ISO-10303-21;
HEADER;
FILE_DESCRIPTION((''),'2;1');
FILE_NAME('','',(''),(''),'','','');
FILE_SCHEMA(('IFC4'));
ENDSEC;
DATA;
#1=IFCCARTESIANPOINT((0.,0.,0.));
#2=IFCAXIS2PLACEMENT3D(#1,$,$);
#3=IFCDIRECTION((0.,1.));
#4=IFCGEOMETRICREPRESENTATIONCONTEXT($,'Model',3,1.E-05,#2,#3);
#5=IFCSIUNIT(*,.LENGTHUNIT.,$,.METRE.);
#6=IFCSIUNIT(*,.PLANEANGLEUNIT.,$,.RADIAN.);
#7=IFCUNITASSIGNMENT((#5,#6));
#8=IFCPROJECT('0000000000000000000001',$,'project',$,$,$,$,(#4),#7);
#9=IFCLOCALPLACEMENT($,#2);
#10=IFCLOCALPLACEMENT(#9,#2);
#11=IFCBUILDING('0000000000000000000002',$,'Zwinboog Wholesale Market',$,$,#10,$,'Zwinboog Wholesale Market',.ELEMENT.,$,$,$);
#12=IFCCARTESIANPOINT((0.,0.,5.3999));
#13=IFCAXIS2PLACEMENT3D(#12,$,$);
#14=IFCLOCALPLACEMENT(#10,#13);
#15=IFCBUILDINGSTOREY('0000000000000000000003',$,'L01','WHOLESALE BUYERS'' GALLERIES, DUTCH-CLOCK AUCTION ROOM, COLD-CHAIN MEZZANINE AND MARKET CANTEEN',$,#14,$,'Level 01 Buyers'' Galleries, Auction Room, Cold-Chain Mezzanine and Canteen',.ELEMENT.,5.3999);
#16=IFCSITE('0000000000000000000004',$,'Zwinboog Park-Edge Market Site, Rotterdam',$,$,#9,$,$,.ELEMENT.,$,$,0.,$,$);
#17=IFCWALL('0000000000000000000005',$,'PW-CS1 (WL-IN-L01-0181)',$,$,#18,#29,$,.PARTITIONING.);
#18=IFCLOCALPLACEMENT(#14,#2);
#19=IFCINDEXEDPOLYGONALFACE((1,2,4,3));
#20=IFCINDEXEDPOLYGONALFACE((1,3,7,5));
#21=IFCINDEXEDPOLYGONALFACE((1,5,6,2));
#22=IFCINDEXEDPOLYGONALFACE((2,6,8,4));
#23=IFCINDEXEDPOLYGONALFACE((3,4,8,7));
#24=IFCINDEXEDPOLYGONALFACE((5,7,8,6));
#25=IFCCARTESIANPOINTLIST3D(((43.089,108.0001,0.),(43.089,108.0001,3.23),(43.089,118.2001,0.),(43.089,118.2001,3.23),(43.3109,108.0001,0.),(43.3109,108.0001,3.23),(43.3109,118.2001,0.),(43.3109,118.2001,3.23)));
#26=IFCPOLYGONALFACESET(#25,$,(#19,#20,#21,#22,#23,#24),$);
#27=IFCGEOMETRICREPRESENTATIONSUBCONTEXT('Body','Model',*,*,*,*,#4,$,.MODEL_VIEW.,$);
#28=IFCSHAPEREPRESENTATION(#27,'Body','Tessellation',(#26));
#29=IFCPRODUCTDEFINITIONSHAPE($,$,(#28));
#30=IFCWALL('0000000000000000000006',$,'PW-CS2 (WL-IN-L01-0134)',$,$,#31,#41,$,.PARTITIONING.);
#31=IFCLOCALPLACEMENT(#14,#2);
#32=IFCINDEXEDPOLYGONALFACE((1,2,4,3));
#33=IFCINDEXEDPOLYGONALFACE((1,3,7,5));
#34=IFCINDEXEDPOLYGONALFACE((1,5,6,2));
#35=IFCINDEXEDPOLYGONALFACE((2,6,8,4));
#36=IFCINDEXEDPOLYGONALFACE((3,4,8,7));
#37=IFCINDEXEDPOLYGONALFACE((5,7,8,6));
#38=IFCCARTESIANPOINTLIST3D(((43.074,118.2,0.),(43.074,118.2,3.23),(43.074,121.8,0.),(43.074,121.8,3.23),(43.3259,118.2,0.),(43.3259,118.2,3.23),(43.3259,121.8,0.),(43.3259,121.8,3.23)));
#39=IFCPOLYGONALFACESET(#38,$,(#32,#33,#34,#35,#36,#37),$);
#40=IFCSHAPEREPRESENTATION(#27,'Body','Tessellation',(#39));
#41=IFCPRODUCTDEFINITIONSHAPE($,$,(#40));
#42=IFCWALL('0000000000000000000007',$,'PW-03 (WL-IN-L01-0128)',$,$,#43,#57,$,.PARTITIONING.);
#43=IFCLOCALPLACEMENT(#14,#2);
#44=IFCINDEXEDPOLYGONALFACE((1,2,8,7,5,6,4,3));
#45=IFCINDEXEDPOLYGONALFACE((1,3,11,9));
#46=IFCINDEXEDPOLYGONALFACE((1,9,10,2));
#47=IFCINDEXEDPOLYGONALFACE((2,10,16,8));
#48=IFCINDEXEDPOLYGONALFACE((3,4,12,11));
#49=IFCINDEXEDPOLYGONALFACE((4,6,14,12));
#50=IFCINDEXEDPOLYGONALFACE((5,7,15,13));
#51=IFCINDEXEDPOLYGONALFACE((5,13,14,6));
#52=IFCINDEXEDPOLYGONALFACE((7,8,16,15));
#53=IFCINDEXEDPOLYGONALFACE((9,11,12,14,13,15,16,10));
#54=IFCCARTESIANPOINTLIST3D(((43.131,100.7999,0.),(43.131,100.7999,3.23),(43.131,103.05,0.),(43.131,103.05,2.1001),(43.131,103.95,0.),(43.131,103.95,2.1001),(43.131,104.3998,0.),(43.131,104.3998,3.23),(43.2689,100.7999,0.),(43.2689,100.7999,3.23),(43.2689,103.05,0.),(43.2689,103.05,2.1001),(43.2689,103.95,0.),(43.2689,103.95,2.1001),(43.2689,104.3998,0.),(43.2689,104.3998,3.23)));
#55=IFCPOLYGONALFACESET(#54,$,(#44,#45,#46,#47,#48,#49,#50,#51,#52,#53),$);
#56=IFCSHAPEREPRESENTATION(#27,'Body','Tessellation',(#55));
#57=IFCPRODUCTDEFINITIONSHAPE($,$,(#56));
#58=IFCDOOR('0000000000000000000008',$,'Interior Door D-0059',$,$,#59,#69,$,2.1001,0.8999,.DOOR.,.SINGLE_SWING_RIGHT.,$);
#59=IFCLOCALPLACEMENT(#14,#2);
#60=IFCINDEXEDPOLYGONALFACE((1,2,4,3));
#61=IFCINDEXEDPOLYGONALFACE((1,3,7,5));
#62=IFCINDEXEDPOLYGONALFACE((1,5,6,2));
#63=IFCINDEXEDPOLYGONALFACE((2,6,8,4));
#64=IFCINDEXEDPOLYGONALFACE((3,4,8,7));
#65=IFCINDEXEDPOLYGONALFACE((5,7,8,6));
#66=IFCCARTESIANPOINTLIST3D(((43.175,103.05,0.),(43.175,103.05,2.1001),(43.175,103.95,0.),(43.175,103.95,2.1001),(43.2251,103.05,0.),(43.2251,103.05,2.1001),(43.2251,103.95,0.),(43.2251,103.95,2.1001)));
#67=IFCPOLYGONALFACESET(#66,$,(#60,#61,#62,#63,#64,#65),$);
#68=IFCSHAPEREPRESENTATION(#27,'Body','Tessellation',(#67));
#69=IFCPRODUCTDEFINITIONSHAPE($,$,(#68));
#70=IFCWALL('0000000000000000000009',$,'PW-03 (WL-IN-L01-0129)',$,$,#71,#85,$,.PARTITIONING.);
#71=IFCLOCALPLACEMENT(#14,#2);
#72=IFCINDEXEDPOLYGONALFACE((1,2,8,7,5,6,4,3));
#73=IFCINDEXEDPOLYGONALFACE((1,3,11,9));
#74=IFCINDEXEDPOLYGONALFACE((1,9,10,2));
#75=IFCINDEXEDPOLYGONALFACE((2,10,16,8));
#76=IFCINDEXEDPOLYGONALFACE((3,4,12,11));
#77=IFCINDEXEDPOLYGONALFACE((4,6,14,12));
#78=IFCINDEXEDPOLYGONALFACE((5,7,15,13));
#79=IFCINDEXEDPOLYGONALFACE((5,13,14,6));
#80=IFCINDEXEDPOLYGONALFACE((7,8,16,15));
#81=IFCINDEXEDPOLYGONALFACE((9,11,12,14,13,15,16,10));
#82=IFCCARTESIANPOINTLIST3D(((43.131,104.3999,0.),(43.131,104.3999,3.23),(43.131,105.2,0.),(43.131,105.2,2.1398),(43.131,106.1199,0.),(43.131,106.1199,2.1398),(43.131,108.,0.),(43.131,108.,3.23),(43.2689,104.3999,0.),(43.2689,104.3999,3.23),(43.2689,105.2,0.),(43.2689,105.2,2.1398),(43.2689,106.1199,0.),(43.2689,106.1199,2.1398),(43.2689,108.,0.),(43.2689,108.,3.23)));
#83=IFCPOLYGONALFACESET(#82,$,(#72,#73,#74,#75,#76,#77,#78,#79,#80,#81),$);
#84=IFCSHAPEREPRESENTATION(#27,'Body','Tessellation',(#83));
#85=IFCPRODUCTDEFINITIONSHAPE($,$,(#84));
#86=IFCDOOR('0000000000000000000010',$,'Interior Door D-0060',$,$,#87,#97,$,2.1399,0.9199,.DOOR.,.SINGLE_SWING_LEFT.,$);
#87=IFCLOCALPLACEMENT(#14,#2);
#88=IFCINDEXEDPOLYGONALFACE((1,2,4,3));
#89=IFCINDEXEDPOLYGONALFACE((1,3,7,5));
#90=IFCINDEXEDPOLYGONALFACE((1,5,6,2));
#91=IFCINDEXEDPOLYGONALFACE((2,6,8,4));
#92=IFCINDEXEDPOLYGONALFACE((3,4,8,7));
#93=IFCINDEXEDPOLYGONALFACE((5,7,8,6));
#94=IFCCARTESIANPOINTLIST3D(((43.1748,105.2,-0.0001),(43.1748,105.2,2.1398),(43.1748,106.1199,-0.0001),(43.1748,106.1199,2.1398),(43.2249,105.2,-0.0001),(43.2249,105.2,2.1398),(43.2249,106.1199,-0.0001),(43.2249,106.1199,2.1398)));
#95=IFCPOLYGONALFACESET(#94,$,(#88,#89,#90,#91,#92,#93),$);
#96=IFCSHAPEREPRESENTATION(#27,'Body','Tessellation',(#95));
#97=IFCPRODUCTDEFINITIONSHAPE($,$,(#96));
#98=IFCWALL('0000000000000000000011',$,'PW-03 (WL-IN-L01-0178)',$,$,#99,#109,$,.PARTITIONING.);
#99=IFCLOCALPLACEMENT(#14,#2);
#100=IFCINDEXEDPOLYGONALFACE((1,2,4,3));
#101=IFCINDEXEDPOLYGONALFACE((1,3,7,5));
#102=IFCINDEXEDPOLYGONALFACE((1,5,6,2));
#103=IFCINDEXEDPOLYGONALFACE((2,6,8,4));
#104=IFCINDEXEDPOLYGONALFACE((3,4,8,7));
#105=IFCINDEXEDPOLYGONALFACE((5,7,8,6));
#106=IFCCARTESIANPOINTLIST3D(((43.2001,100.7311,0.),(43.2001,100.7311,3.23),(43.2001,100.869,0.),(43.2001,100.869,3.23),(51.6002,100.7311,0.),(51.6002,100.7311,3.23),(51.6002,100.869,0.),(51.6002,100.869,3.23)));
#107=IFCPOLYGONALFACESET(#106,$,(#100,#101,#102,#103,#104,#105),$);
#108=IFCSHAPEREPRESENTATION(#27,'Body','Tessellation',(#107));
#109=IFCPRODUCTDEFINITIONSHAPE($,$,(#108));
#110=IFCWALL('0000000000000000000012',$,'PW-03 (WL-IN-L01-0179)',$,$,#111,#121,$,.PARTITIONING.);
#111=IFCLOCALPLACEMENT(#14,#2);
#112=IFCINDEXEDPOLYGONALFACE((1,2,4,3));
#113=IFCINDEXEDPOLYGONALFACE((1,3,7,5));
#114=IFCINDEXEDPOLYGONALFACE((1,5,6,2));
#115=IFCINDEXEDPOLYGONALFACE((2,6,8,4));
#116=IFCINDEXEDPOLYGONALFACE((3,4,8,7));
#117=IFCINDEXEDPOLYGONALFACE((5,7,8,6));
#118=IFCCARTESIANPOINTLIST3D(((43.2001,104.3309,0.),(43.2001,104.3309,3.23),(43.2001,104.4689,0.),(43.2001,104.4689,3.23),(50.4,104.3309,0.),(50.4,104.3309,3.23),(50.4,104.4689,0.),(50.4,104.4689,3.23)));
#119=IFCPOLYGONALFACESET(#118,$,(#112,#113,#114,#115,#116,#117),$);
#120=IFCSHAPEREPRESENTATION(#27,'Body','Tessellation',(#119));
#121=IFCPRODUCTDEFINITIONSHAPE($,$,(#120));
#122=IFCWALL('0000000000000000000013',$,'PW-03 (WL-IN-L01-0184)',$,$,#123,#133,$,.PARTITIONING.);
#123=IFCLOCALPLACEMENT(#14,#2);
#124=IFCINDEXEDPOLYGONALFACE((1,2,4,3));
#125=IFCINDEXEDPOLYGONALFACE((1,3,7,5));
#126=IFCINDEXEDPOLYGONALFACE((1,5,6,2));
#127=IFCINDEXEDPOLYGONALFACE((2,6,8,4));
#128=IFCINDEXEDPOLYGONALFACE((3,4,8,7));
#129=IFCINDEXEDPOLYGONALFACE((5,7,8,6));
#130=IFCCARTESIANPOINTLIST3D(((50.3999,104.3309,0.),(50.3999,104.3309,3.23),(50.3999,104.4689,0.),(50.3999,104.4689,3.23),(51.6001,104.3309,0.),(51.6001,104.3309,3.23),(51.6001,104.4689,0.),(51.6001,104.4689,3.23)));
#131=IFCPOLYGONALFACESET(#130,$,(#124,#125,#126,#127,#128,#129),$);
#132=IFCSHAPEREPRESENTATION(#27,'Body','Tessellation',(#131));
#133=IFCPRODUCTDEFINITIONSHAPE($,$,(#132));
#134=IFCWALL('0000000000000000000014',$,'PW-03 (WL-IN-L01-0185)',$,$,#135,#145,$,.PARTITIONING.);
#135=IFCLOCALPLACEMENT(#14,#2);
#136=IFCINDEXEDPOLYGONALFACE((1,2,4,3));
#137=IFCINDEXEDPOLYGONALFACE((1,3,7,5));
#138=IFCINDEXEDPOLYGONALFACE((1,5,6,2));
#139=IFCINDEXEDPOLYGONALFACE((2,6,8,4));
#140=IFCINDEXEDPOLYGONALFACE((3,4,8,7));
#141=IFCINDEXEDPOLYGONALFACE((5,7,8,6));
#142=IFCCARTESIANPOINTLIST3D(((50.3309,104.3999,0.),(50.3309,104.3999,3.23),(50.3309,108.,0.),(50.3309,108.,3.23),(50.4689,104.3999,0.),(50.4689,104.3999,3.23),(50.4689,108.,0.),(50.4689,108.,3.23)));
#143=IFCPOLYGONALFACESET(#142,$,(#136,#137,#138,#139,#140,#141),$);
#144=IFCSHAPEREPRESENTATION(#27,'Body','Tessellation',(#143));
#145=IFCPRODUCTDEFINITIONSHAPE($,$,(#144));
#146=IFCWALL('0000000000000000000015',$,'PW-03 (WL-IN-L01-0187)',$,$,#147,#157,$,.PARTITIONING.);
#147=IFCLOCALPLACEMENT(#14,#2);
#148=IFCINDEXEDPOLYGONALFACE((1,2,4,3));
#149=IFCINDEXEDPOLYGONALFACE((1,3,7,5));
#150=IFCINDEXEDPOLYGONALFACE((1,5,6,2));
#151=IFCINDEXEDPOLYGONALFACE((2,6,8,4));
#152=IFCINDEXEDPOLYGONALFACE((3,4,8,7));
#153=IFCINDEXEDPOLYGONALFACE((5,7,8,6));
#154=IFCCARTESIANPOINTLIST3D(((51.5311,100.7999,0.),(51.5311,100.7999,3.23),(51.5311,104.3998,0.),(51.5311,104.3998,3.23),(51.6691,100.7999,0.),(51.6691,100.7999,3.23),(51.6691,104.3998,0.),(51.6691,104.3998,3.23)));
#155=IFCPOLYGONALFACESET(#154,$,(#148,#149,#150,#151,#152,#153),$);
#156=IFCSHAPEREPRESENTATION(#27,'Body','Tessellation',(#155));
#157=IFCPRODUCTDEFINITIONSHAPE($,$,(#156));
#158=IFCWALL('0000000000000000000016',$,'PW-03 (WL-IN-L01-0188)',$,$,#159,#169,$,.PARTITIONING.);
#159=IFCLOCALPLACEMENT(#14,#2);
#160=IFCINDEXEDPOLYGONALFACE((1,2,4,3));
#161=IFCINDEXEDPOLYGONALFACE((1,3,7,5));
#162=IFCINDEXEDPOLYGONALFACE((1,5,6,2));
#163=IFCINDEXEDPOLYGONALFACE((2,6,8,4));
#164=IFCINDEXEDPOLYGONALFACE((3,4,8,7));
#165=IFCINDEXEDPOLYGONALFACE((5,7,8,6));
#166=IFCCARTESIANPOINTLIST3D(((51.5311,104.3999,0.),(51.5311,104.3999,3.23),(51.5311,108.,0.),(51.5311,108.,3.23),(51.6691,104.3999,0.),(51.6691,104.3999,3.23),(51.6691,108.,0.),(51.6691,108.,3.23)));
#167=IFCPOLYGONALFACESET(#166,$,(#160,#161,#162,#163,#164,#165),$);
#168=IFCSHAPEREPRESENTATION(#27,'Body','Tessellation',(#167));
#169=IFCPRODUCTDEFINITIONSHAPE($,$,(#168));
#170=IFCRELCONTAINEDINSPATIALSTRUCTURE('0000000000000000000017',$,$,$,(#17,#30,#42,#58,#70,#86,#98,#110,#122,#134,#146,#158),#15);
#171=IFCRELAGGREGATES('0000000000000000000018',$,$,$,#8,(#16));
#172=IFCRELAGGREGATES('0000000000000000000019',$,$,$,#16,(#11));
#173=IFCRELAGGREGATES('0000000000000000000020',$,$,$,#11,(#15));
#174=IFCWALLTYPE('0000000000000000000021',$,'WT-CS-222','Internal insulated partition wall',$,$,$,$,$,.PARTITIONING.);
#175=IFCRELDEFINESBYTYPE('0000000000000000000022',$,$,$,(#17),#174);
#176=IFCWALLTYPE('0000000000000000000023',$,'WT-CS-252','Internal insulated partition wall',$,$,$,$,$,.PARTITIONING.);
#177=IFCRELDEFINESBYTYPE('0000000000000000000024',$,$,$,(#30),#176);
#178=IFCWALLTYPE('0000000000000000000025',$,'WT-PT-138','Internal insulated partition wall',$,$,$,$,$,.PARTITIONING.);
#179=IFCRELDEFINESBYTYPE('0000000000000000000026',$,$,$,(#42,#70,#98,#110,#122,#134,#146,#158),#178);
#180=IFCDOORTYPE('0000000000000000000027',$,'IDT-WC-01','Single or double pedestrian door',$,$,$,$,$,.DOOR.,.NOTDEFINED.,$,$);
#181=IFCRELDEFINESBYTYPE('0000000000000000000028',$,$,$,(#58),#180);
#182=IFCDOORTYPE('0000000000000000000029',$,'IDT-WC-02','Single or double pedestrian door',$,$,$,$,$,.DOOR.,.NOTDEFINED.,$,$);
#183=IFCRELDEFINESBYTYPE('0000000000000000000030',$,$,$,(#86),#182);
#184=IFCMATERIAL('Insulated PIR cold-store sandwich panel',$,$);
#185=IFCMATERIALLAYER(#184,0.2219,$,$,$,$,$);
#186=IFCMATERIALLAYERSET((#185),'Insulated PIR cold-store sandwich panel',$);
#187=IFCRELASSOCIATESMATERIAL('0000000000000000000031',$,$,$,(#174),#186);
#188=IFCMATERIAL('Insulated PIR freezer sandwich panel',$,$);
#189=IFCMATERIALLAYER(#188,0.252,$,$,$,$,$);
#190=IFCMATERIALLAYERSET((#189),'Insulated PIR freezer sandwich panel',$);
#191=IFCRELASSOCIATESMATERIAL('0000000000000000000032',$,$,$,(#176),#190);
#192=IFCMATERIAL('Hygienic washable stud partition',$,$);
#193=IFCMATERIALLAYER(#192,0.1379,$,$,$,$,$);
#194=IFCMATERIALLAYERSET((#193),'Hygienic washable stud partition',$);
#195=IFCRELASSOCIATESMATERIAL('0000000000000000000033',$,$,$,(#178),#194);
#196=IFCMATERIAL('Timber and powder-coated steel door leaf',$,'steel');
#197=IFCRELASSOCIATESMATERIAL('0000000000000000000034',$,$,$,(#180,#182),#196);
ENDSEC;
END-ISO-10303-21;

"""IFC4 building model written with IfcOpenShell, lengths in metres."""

from ifc_helpers import new_model, si_unit, direction, frame, frame_2d, origin, place, context, subcontext, project, spatial, rectangle, extrude, material, layer, layer_set, type_object, element, fill, save


model = new_model("IFC4")

# Units and contexts
model_context = context("Model", 3, precision=1e-05, world=origin(), true_north=direction((0.0, 1.0)))
body_context = subcontext(model_context, "Body", "Model", "MODEL_VIEW")
ifc_project = project(units=[si_unit("LENGTHUNIT", "METRE"), si_unit("PLANEANGLEUNIT", "RADIAN")], contexts=[model_context])

# Site, building, storey
site_placement = place(None, origin())
site = spatial("IfcSite", under=ifc_project, at=site_placement, Name="Zwinboog Park-Edge Market Site, Rotterdam", CompositionType="ELEMENT", RefElevation=0.0)
building_placement = place(site_placement, origin())
building = spatial("IfcBuilding", under=site, at=building_placement, Name="Zwinboog Wholesale Market", LongName="Zwinboog Wholesale Market", CompositionType="ELEMENT")
storey_placement = place(building_placement, frame((0.0, 0.0, 5.3999)))
storey = spatial("IfcBuildingStorey", under=building, at=storey_placement, Name="L01", Description="WHOLESALE BUYERS' GALLERIES, DUTCH-CLOCK AUCTION ROOM, COLD-CHAIN MEZZANINE AND MARKET CANTEEN", LongName="Level 01 Buyers' Galleries, Auction Room, Cold-Chain Mezzanine and Canteen", CompositionType="ELEMENT", Elevation=5.3999)

# Walls
ifc_material_1 = material(Name="Insulated PIR cold-store sandwich panel")
ifc_layer_1 = layer(ifc_material_1, 0.2219)
ifc_layer_set_1 = layer_set([ifc_layer_1], Name="Insulated PIR cold-store sandwich panel")
wall_type_1 = type_object("IfcWallType", Name="WT-CS-222", Description="Internal insulated partition wall", PredefinedType="PARTITIONING", material=ifc_layer_set_1)
wall_1_placement = place(storey_placement, frame((43.2, 108.0, 0.0), z_axis=(0.0, 0.0, 1.0), x_axis=(0.0, 1.0, 0.0)))
element("IfcWall", 1, at=wall_1_placement, inside=storey, type_object=wall_type_1, Name="PW-CS1 (WL-IN-L01-0181)", PredefinedType="PARTITIONING", context=body_context, shape_type="SweptSolid", body=[
    extrude(rectangle(XDim=10.2, YDim=0.2219, at=frame_2d((5.1001, 0.0))), origin(), (0.0, 0.0, 1.0), 3.23),
])
ifc_material_2 = material(Name="Insulated PIR freezer sandwich panel")
ifc_layer_2 = layer(ifc_material_2, 0.252)
ifc_layer_set_2 = layer_set([ifc_layer_2], Name="Insulated PIR freezer sandwich panel")
wall_type_2 = type_object("IfcWallType", Name="WT-CS-252", Description="Internal insulated partition wall", PredefinedType="PARTITIONING", material=ifc_layer_set_2)
wall_2_placement = place(storey_placement, frame((43.2, 118.2, 0.0), z_axis=(0.0, 0.0, 1.0), x_axis=(0.0, 1.0, 0.0)))
element("IfcWall", 2, at=wall_2_placement, inside=storey, type_object=wall_type_2, Name="PW-CS2 (WL-IN-L01-0134)", PredefinedType="PARTITIONING", context=body_context, shape_type="SweptSolid", body=[
    extrude(rectangle(XDim=3.6001, YDim=0.252, at=frame_2d((1.8, 0.0))), origin(), (0.0, 0.0, 1.0), 3.23),
])

# Walls, openings, doors
ifc_material_3 = material(Name="Hygienic washable stud partition")
ifc_layer_3 = layer(ifc_material_3, 0.1379)
ifc_layer_set_3 = layer_set([ifc_layer_3], Name="Hygienic washable stud partition")
wall_type_3 = type_object("IfcWallType", Name="WT-PT-138", Description="Internal insulated partition wall", PredefinedType="PARTITIONING", material=ifc_layer_set_3)
wall_3_placement = place(storey_placement, frame((43.2, 100.8, 0.0), z_axis=(0.0, 0.0, 1.0), x_axis=(0.0, 1.0, 0.0)))
wall_3 = element("IfcWall", 3, at=wall_3_placement, inside=storey, type_object=wall_type_3, Name="PW-03 (WL-IN-L01-0128)", PredefinedType="PARTITIONING", context=body_context, shape_type="SweptSolid", body=[
    extrude(rectangle(XDim=3.5999, YDim=0.1379, at=frame_2d((1.7998, 0.0))), origin(), (0.0, 0.0, 1.0), 3.23),
])
opening_1_placement = place(wall_3_placement, frame((2.25, 0.0, 0.0)))
opening_1 = element("IfcOpeningElement", 4, at=opening_1_placement, cuts=wall_3, PredefinedType="OPENING", context=body_context, shape_type="SweptSolid", body=[
    extrude(rectangle(XDim=0.8999, YDim=2.1001, at=frame_2d((0.45, 1.05))), frame((0.0, 0.0789, 0.0), z_axis=(0.0, -1.0, 0.0), x_axis=(1.0, 0.0, 0.0)), (0.0, 0.0, 1.0), 0.158),
])
ifc_material_4 = material(Name="Timber and powder-coated steel door leaf", Category="steel")
door_type_1 = type_object("IfcDoorType", Name="IDT-WC-01", Description="Single or double pedestrian door", OperationType="NOTDEFINED", PredefinedType="DOOR", material=ifc_material_4)
door_1_placement = place(opening_1_placement, origin())
door_1 = element("IfcDoor", 5, at=door_1_placement, inside=storey, type_object=door_type_1, Name="Interior Door D-0059", OperationType="SINGLE_SWING_RIGHT", OverallHeight=2.1001, OverallWidth=0.8999, PredefinedType="DOOR", context=body_context, shape_type="SweptSolid", body=[
    extrude(rectangle(XDim=0.8999, YDim=2.1001, at=frame_2d((0.45, 1.05))), frame((0.0, 0.0249, 0.0), z_axis=(0.0, -1.0, 0.0), x_axis=(1.0, 0.0, 0.0)), (0.0, 0.0, 1.0), 0.05),
])
fill(opening_1, door_1)
wall_4_placement = place(storey_placement, frame((43.2, 104.3999, 0.0), z_axis=(0.0, 0.0, 1.0), x_axis=(0.0, 1.0, 0.0)))
wall_4 = element("IfcWall", 6, at=wall_4_placement, inside=storey, type_object=wall_type_3, Name="PW-03 (WL-IN-L01-0129)", PredefinedType="PARTITIONING", context=body_context, shape_type="SweptSolid", body=[
    extrude(rectangle(XDim=3.6001, YDim=0.1379, at=frame_2d((1.8, 0.0))), origin(), (0.0, 0.0, 1.0), 3.23),
])
opening_2_placement = place(wall_4_placement, frame((0.8, 0.0, 0.0)))
opening_2 = element("IfcOpeningElement", 7, at=opening_2_placement, cuts=wall_4, PredefinedType="OPENING", context=body_context, shape_type="SweptSolid", body=[
    extrude(rectangle(XDim=0.9199, YDim=2.1399, at=frame_2d((0.46, 1.0698))), frame((0.0, 0.0789, 0.0), z_axis=(0.0, -1.0, 0.0), x_axis=(1.0, 0.0, 0.0)), (0.0, 0.0, 1.0), 0.158),
])
door_type_2 = type_object("IfcDoorType", Name="IDT-WC-02", Description="Single or double pedestrian door", OperationType="NOTDEFINED", PredefinedType="DOOR", material=ifc_material_4)
door_2_placement = place(opening_2_placement, frame((0.9199, 0.0, 0.0), z_axis=(0.0, 0.0, 1.0), x_axis=(-1.0, 0.0, 0.0)))
door_2 = element("IfcDoor", 8, at=door_2_placement, inside=storey, type_object=door_type_2, Name="Interior Door D-0060", OperationType="SINGLE_SWING_LEFT", OverallHeight=2.1399, OverallWidth=0.9199, PredefinedType="DOOR", context=body_context, shape_type="SweptSolid", body=[
    extrude(rectangle(XDim=0.9199, YDim=2.1399, at=frame_2d((0.46, 1.0698))), frame((0.0, 0.0249, 0.0), z_axis=(0.0, -1.0, 0.0), x_axis=(1.0, 0.0, 0.0)), (0.0, 0.0, 1.0), 0.05),
])
fill(opening_2, door_2)

# Walls
wall_5_placement = place(storey_placement, frame((43.2, 100.8, 0.0), z_axis=(0.0, 0.0, 1.0), x_axis=(1.0, 0.0, 0.0)))
element("IfcWall", 9, at=wall_5_placement, inside=storey, type_object=wall_type_3, Name="PW-03 (WL-IN-L01-0178)", PredefinedType="PARTITIONING", context=body_context, shape_type="SweptSolid", body=[
    extrude(rectangle(XDim=8.4001, YDim=0.1379, at=frame_2d((4.2002, 0.0))), origin(), (0.0, 0.0, 1.0), 3.23),
])
wall_6_placement = place(storey_placement, frame((43.2, 104.3999, 0.0), z_axis=(0.0, 0.0, 1.0), x_axis=(1.0, 0.0, 0.0)))
element("IfcWall", 10, at=wall_6_placement, inside=storey, type_object=wall_type_3, Name="PW-03 (WL-IN-L01-0179)", PredefinedType="PARTITIONING", context=body_context, shape_type="SweptSolid", body=[
    extrude(rectangle(XDim=7.2, YDim=0.1379, at=frame_2d((3.6001, 0.0))), origin(), (0.0, 0.0, 1.0), 3.23),
])
wall_7_placement = place(storey_placement, frame((50.3999, 104.3999, 0.0), z_axis=(0.0, 0.0, 1.0), x_axis=(1.0, 0.0, 0.0)))
element("IfcWall", 11, at=wall_7_placement, inside=storey, type_object=wall_type_3, Name="PW-03 (WL-IN-L01-0184)", PredefinedType="PARTITIONING", context=body_context, shape_type="SweptSolid", body=[
    extrude(rectangle(XDim=1.2002, YDim=0.1379, at=frame_2d((0.6001, 0.0))), origin(), (0.0, 0.0, 1.0), 3.23),
])
wall_8_placement = place(storey_placement, frame((50.3999, 104.3999, 0.0), z_axis=(0.0, 0.0, 1.0), x_axis=(0.0, 1.0, 0.0)))
element("IfcWall", 12, at=wall_8_placement, inside=storey, type_object=wall_type_3, Name="PW-03 (WL-IN-L01-0185)", PredefinedType="PARTITIONING", context=body_context, shape_type="SweptSolid", body=[
    extrude(rectangle(XDim=3.6001, YDim=0.1379, at=frame_2d((1.8, 0.0))), origin(), (0.0, 0.0, 1.0), 3.23),
])
wall_9_placement = place(storey_placement, frame((51.6001, 100.8, 0.0), z_axis=(0.0, 0.0, 1.0), x_axis=(0.0, 1.0, 0.0)))
element("IfcWall", 13, at=wall_9_placement, inside=storey, type_object=wall_type_3, Name="PW-03 (WL-IN-L01-0187)", PredefinedType="PARTITIONING", context=body_context, shape_type="SweptSolid", body=[
    extrude(rectangle(XDim=3.5999, YDim=0.1379, at=frame_2d((1.7998, 0.0))), origin(), (0.0, 0.0, 1.0), 3.23),
])
wall_10_placement = place(storey_placement, frame((51.6001, 104.3999, 0.0), z_axis=(0.0, 0.0, 1.0), x_axis=(0.0, 1.0, 0.0)))
element("IfcWall", 14, at=wall_10_placement, inside=storey, type_object=wall_type_3, Name="PW-03 (WL-IN-L01-0188)", PredefinedType="PARTITIONING", context=body_context, shape_type="SweptSolid", body=[
    extrude(rectangle(XDim=3.6001, YDim=0.1379, at=frame_2d((1.8, 0.0))), origin(), (0.0, 0.0, 1.0), 3.23),
])

save(model, "model.ifc")
